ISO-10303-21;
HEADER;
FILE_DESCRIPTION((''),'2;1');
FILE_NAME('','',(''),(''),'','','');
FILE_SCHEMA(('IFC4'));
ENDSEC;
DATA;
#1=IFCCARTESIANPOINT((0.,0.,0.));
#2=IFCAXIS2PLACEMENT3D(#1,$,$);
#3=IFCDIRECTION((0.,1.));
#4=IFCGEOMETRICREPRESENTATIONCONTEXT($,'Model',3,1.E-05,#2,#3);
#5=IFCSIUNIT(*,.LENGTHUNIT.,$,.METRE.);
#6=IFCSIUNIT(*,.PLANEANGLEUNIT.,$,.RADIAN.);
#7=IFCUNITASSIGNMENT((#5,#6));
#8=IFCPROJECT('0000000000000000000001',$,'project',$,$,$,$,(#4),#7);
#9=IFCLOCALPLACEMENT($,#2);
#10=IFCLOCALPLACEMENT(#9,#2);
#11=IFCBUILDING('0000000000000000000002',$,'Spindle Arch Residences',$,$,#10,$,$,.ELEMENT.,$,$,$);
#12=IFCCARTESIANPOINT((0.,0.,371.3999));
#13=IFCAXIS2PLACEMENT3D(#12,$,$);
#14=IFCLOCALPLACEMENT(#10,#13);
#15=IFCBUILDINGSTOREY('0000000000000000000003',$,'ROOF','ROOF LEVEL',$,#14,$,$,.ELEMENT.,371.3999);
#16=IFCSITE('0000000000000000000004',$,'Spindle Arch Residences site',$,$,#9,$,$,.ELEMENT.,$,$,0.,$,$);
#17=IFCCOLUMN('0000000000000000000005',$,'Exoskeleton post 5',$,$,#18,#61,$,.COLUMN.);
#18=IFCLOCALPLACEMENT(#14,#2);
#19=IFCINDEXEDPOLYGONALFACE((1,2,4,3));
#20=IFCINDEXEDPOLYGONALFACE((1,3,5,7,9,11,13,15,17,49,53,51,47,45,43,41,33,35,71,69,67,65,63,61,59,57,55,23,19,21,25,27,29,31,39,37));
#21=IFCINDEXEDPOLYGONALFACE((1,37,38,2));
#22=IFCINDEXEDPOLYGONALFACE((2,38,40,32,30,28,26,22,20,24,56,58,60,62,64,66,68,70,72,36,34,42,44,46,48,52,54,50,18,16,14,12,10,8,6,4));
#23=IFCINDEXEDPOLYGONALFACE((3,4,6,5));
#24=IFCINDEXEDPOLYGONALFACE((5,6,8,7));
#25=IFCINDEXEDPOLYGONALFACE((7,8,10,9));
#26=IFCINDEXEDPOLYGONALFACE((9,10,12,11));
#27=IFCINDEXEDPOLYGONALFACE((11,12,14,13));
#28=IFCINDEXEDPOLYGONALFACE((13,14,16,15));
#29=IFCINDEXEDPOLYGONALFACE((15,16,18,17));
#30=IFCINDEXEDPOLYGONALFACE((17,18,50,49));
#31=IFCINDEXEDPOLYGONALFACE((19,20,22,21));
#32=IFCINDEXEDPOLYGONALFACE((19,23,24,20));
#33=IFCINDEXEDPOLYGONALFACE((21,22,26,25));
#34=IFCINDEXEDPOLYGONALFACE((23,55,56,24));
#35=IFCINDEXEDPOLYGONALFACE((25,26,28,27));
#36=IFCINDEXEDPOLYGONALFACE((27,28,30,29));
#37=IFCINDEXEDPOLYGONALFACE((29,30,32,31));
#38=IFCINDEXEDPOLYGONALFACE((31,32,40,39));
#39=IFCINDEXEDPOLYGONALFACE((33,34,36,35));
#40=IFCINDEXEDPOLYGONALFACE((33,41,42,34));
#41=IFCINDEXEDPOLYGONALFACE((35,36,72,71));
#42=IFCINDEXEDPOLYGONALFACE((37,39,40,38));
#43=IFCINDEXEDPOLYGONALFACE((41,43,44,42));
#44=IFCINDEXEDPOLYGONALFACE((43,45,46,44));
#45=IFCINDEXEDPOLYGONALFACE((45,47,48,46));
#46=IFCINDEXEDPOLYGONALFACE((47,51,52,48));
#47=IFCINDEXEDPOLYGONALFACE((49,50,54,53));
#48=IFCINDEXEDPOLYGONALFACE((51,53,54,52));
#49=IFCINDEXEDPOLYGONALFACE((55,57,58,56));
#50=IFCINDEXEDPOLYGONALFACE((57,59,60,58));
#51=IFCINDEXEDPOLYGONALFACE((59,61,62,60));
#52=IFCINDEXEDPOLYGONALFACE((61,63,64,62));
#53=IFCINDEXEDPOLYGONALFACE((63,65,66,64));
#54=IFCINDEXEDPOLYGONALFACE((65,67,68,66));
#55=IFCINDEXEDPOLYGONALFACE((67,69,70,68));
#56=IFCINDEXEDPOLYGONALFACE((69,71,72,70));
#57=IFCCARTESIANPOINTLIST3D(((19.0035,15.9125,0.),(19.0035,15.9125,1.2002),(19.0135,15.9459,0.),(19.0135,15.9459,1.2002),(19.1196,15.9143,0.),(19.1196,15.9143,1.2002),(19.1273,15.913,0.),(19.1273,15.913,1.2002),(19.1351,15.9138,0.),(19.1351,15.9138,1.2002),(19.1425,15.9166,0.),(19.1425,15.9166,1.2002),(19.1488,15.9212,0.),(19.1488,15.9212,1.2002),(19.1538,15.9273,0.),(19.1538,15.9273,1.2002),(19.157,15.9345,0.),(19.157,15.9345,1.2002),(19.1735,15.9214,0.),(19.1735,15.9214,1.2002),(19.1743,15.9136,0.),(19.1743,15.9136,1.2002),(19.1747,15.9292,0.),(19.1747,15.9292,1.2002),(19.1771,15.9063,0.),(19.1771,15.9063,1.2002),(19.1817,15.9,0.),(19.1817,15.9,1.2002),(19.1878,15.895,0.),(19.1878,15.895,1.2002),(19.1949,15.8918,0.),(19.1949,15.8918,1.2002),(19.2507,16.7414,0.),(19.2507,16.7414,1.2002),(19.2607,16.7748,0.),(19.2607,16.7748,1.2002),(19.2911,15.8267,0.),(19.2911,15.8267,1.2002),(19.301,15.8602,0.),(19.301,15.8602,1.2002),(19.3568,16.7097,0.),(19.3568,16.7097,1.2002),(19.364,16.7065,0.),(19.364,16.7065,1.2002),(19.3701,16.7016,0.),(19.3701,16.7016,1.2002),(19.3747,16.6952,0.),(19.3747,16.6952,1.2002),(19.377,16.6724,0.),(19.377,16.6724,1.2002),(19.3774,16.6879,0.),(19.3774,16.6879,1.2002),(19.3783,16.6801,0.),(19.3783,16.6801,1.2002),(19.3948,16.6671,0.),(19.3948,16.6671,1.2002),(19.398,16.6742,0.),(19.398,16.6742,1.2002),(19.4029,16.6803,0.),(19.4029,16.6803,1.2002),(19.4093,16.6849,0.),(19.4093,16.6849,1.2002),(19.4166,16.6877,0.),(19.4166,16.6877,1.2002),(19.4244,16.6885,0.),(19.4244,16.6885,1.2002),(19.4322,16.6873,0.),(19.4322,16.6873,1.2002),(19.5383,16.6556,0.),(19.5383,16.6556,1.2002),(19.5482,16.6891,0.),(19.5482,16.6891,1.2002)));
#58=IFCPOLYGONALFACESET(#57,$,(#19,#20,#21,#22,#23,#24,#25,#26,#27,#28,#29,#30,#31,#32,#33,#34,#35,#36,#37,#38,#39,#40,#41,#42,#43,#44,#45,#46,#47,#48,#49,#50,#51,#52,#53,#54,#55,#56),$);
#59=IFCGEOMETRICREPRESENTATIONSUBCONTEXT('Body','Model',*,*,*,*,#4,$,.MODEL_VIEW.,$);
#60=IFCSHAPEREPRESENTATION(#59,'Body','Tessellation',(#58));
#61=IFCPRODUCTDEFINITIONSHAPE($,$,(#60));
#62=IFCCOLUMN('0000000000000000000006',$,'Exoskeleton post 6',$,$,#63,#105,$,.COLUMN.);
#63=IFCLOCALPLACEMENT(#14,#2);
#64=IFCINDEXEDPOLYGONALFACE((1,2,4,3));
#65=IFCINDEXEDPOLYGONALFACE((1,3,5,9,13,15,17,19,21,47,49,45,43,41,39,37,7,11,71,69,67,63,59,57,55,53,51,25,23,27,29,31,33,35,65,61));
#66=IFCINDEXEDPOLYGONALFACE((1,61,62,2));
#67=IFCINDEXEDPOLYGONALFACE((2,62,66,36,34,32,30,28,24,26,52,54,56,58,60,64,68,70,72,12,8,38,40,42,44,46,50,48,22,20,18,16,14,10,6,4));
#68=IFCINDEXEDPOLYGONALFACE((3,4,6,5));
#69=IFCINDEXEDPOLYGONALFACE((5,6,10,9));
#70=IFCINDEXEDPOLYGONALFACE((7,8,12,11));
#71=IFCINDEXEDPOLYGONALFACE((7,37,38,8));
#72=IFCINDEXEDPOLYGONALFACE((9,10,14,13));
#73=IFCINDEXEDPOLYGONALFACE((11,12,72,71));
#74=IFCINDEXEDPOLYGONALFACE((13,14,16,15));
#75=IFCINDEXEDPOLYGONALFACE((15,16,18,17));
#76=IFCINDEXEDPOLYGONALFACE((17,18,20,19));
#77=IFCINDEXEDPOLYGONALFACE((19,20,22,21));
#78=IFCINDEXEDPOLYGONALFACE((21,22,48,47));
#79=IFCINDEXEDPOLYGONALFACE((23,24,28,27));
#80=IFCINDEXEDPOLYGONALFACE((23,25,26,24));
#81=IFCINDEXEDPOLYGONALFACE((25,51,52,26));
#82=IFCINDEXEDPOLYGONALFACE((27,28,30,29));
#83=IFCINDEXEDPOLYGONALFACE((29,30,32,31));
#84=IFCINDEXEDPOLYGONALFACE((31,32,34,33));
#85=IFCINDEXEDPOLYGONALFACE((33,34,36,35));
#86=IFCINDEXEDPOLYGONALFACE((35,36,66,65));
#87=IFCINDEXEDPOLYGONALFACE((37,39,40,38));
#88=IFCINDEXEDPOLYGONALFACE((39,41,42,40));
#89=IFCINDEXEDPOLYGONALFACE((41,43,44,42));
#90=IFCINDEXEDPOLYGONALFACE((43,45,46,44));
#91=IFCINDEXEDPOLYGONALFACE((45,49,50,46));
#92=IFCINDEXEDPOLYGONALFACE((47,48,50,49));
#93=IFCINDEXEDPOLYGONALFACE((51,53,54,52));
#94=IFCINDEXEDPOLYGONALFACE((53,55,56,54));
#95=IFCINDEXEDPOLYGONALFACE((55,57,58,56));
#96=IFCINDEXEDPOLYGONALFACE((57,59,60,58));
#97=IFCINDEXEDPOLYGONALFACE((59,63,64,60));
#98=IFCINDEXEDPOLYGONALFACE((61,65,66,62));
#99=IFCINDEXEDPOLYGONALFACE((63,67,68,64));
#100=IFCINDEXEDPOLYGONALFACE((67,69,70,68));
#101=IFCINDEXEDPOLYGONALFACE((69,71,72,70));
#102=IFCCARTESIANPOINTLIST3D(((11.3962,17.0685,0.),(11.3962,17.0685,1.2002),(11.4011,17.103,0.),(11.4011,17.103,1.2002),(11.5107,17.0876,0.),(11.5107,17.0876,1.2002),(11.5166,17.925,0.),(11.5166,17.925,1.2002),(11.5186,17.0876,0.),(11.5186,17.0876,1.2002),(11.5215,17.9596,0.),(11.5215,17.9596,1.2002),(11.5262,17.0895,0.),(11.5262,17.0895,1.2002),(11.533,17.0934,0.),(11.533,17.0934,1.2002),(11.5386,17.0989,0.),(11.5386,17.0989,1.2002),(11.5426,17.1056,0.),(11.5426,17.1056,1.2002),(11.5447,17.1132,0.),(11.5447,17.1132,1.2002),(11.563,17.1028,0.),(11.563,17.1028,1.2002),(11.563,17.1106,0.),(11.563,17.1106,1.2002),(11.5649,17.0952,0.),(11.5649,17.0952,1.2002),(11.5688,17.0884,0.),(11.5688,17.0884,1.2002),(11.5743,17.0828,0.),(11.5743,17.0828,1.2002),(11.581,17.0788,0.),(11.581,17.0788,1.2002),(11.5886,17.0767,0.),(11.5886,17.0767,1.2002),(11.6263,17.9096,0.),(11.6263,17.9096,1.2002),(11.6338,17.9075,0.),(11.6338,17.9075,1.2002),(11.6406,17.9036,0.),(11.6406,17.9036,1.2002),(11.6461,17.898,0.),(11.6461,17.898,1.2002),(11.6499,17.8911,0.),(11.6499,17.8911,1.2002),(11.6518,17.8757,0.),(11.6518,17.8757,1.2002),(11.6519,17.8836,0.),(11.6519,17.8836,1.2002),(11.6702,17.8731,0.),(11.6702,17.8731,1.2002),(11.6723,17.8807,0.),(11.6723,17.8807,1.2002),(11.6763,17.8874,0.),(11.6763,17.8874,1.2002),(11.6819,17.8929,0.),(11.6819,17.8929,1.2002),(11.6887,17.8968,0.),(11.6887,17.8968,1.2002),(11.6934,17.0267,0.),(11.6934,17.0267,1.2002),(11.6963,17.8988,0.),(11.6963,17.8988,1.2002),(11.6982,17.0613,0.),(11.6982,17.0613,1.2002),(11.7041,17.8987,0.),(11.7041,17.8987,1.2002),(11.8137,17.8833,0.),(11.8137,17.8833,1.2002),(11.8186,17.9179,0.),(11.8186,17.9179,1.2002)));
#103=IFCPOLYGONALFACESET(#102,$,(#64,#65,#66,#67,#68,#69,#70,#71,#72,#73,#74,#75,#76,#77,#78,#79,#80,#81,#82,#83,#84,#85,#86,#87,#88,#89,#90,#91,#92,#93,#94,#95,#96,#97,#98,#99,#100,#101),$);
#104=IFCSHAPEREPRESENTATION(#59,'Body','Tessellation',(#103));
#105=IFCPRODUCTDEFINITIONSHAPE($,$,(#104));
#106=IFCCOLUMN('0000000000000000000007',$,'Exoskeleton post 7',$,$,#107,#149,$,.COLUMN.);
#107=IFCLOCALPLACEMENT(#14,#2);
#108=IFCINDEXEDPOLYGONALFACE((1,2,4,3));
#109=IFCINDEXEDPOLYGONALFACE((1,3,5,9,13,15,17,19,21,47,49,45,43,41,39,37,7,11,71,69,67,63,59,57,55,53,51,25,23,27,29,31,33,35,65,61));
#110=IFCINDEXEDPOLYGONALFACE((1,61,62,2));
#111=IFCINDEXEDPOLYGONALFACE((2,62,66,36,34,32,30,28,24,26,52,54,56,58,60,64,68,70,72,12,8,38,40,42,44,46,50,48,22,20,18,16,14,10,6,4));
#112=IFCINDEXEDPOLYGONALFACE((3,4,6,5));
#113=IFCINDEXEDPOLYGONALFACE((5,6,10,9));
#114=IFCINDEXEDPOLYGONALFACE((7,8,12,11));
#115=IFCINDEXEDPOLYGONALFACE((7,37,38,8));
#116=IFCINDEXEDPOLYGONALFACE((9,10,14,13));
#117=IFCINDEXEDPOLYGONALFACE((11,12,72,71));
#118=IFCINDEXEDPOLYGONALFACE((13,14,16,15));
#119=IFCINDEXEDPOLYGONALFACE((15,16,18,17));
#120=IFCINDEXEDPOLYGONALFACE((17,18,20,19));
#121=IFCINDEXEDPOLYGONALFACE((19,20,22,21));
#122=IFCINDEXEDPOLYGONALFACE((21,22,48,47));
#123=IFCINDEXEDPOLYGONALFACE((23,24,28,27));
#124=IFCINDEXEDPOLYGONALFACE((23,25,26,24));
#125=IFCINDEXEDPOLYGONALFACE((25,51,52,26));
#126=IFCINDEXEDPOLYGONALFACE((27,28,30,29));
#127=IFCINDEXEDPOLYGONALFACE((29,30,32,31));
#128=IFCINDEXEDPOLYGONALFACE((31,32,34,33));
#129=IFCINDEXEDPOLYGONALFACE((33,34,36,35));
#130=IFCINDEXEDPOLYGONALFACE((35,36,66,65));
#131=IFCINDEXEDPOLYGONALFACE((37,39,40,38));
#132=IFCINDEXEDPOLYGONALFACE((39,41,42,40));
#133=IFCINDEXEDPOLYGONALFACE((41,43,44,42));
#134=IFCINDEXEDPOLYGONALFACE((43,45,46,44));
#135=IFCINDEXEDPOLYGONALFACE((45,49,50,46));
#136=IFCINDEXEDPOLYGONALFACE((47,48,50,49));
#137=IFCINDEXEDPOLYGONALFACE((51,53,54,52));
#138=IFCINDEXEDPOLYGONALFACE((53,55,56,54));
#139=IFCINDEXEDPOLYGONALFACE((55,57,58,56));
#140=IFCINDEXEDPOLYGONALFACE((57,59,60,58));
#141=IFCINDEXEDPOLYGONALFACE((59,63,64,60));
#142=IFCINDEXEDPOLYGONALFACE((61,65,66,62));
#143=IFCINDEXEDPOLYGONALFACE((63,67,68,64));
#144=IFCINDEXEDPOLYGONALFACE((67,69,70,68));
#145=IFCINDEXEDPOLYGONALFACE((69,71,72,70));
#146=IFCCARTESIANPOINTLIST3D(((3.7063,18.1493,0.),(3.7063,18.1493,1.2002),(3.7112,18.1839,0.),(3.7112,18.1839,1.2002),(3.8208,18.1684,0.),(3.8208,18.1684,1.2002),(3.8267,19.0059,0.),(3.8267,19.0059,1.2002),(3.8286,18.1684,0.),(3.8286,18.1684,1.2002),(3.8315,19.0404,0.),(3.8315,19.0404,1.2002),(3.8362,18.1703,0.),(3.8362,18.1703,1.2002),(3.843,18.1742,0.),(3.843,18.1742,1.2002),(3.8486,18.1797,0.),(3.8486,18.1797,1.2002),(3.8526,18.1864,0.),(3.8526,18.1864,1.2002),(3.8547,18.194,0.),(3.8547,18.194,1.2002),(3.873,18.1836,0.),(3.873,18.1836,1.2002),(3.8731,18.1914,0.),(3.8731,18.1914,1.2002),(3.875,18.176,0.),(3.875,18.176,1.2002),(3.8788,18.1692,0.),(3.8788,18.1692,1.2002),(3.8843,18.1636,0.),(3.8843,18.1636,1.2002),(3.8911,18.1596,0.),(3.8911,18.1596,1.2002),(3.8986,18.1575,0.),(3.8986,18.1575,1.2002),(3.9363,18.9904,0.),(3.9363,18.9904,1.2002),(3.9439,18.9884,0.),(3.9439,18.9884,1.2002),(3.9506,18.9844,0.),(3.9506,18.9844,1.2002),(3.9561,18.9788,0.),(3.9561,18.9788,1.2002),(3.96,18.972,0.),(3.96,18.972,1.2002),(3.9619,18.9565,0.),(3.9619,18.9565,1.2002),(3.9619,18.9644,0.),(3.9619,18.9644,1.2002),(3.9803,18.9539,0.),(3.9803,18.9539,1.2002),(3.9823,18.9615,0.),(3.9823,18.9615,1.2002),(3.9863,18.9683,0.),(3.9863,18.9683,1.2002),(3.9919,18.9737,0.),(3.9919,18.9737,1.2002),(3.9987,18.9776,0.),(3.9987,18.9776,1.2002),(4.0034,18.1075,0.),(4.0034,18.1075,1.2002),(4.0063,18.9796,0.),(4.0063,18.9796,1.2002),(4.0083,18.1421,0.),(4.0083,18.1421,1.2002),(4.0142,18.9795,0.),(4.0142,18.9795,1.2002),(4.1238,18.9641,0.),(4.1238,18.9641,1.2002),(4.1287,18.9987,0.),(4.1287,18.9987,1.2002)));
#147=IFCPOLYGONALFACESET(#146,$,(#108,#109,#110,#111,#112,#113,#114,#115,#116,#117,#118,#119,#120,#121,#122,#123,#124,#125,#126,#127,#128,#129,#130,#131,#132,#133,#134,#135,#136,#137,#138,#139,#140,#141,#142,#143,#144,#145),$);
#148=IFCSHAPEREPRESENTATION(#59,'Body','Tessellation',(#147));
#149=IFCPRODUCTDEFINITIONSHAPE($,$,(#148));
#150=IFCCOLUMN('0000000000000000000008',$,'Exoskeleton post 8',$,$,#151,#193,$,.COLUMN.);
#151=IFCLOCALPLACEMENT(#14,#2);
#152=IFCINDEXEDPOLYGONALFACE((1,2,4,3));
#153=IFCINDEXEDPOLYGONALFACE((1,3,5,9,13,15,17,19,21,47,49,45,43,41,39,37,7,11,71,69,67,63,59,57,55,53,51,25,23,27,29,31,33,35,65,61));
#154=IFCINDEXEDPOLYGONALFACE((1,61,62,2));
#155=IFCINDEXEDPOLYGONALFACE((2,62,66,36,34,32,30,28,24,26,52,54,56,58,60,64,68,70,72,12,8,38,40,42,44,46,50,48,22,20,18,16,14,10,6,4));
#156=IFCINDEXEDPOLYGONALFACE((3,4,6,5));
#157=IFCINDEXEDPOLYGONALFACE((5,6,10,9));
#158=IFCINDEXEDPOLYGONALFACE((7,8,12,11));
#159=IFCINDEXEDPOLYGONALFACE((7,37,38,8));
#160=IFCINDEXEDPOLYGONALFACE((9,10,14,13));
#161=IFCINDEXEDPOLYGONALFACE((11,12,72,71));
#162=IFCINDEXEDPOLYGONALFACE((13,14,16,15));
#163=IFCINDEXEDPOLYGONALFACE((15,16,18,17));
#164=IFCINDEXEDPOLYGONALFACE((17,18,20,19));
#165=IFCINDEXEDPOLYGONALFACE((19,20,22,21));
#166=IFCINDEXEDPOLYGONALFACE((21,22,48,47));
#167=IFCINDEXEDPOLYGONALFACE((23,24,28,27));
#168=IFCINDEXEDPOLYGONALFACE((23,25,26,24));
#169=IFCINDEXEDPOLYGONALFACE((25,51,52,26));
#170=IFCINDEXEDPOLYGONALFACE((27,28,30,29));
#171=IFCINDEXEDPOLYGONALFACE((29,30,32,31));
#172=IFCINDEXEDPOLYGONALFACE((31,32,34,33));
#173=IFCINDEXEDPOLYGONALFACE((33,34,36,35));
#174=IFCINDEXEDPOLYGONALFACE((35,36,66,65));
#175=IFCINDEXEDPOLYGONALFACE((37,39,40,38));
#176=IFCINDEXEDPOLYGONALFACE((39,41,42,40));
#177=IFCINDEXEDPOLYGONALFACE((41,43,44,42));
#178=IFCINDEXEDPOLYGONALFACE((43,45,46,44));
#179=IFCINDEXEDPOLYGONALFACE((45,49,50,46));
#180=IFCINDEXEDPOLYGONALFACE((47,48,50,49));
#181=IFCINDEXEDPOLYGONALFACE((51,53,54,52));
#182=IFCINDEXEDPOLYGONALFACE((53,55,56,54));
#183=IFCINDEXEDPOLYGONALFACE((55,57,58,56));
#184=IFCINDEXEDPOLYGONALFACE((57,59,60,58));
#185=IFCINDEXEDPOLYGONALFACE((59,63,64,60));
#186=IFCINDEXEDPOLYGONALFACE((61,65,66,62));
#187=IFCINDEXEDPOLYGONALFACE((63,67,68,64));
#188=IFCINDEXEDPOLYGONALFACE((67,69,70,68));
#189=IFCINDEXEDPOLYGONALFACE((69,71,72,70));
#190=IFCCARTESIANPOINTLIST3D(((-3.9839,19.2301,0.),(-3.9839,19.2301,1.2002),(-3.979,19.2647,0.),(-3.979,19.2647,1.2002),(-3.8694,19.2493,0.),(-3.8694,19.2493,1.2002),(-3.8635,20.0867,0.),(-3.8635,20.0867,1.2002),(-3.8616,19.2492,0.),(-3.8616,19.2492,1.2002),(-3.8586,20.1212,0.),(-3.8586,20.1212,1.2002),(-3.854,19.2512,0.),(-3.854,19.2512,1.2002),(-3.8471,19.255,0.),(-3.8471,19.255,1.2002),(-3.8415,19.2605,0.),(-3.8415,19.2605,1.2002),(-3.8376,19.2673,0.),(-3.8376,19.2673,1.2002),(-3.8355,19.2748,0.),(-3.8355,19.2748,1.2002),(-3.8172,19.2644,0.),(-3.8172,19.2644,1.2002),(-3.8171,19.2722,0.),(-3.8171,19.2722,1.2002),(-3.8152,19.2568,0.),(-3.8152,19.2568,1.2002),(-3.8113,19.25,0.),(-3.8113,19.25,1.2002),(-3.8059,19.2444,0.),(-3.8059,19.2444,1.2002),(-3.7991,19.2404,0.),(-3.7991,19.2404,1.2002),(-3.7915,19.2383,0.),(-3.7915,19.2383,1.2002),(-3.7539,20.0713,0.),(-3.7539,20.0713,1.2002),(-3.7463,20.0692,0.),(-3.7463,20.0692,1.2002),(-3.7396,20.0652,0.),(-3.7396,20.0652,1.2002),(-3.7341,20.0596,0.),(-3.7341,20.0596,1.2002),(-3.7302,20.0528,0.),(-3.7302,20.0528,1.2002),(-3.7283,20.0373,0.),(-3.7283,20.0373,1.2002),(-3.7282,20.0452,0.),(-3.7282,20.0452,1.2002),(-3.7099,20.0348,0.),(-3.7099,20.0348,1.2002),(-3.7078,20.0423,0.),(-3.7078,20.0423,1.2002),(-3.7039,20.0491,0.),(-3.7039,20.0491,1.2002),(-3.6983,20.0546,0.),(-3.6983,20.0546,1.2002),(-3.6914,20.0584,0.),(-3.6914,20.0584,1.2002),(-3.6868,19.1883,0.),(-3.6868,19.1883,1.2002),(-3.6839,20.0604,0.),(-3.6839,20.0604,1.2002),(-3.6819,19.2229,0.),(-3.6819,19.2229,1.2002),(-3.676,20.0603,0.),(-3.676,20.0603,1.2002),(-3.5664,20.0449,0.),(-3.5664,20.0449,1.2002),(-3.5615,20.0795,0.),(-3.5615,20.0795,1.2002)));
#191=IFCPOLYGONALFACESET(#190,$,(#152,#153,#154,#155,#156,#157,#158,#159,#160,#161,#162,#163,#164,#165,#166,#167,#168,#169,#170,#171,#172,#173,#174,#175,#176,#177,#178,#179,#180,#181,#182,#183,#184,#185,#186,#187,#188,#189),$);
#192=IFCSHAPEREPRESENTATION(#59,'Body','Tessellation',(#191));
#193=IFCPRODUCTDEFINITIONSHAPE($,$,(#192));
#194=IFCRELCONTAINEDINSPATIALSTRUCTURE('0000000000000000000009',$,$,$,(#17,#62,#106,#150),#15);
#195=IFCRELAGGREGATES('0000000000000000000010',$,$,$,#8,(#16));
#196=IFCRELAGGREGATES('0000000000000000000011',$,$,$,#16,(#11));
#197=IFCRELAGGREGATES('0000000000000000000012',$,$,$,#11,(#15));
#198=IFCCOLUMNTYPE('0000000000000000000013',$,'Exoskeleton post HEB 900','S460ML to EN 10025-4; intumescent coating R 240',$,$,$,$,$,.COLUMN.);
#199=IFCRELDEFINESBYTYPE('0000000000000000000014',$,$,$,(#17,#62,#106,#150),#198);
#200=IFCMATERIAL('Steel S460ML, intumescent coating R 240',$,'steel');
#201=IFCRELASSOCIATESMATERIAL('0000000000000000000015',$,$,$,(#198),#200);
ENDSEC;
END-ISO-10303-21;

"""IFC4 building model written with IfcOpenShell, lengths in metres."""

from ifc_helpers import new_model, si_unit, direction, frame, origin, origin_2d, place, context, subcontext, project, spatial, i_section, extrude, material, material_profile, profile_set, type_object, element, save


model = new_model("IFC4")

# Units and contexts
model_context = context("Model", 3, precision=1e-05, world=origin(), true_north=direction((0.0, 1.0)))
body_context = subcontext(model_context, "Body", "Model", "MODEL_VIEW")
ifc_project = project(units=[si_unit("LENGTHUNIT", "METRE"), si_unit("PLANEANGLEUNIT", "RADIAN")], contexts=[model_context])

# Site, building, storey
site_placement = place(None, origin())
site = spatial("IfcSite", under=ifc_project, at=site_placement, Name="Spindle Arch Residences site", CompositionType="ELEMENT", RefElevation=0.0)
building_placement = place(site_placement, origin())
building = spatial("IfcBuilding", under=site, at=building_placement, Name="Spindle Arch Residences", CompositionType="ELEMENT")
storey_placement = place(building_placement, frame((0.0, 0.0, 371.3999)))
storey = spatial("IfcBuildingStorey", under=building, at=storey_placement, Name="ROOF", Description="ROOF LEVEL", CompositionType="ELEMENT", Elevation=371.3999)

# Columns
ifc_material_1 = material(Name="Steel S460ML, intumescent coating R 240", Category="steel")
ifc_material_profile = material_profile(ifc_material_1, i_section(OverallWidth=0.3, OverallDepth=0.8999, WebThickness=0.0186, FlangeThickness=0.0349, FilletRadius=0.03, at=origin_2d()), Name="HEB 900")
ifc_profile_set = profile_set([ifc_material_profile], Name="Steel S460ML, intumescent coating R 240")
column_type = type_object("IfcColumnType", Name="Exoskeleton post HEB 900", Description="S460ML to EN 10025-4; intumescent coating R 240", PredefinedType="COLUMN", material=ifc_profile_set)
for number, where, z_axis, x_axis, name in (
    (1, (19.2759, 16.3008, 0.0), (0.0, 0.0, 1.0), (0.958298, -0.285769, 0.0), "Exoskeleton post 5"),
    (2, (11.6074, 17.4932, 0.0), (0.0, 0.0, 1.0), (0.990268, -0.139173, 0.0), "Exoskeleton post 6"),
    (3, (3.9175, 18.574, 0.0), (0.0, 0.0, 1.0), (0.990268, -0.139173, 0.0), "Exoskeleton post 7"),
    (4, (-3.7727, 19.6548, 0.0), (0.0, 0.0, 1.0), (0.990268, -0.139173, 0.0), "Exoskeleton post 8"),
):
    element("IfcColumn", number, at=place(storey_placement, frame(where, z_axis=z_axis, x_axis=x_axis)), inside=storey, type_object=column_type, Name=name, PredefinedType="COLUMN", context=body_context, shape_type="SweptSolid", body=[
        extrude(i_section(OverallWidth=0.3, OverallDepth=0.8999, WebThickness=0.0186, FlangeThickness=0.0349, FilletRadius=0.03, at=origin_2d()), origin(), (0.0, 0.0, 1.0), 1.2002),
    ])

save(model, "model.ifc")
